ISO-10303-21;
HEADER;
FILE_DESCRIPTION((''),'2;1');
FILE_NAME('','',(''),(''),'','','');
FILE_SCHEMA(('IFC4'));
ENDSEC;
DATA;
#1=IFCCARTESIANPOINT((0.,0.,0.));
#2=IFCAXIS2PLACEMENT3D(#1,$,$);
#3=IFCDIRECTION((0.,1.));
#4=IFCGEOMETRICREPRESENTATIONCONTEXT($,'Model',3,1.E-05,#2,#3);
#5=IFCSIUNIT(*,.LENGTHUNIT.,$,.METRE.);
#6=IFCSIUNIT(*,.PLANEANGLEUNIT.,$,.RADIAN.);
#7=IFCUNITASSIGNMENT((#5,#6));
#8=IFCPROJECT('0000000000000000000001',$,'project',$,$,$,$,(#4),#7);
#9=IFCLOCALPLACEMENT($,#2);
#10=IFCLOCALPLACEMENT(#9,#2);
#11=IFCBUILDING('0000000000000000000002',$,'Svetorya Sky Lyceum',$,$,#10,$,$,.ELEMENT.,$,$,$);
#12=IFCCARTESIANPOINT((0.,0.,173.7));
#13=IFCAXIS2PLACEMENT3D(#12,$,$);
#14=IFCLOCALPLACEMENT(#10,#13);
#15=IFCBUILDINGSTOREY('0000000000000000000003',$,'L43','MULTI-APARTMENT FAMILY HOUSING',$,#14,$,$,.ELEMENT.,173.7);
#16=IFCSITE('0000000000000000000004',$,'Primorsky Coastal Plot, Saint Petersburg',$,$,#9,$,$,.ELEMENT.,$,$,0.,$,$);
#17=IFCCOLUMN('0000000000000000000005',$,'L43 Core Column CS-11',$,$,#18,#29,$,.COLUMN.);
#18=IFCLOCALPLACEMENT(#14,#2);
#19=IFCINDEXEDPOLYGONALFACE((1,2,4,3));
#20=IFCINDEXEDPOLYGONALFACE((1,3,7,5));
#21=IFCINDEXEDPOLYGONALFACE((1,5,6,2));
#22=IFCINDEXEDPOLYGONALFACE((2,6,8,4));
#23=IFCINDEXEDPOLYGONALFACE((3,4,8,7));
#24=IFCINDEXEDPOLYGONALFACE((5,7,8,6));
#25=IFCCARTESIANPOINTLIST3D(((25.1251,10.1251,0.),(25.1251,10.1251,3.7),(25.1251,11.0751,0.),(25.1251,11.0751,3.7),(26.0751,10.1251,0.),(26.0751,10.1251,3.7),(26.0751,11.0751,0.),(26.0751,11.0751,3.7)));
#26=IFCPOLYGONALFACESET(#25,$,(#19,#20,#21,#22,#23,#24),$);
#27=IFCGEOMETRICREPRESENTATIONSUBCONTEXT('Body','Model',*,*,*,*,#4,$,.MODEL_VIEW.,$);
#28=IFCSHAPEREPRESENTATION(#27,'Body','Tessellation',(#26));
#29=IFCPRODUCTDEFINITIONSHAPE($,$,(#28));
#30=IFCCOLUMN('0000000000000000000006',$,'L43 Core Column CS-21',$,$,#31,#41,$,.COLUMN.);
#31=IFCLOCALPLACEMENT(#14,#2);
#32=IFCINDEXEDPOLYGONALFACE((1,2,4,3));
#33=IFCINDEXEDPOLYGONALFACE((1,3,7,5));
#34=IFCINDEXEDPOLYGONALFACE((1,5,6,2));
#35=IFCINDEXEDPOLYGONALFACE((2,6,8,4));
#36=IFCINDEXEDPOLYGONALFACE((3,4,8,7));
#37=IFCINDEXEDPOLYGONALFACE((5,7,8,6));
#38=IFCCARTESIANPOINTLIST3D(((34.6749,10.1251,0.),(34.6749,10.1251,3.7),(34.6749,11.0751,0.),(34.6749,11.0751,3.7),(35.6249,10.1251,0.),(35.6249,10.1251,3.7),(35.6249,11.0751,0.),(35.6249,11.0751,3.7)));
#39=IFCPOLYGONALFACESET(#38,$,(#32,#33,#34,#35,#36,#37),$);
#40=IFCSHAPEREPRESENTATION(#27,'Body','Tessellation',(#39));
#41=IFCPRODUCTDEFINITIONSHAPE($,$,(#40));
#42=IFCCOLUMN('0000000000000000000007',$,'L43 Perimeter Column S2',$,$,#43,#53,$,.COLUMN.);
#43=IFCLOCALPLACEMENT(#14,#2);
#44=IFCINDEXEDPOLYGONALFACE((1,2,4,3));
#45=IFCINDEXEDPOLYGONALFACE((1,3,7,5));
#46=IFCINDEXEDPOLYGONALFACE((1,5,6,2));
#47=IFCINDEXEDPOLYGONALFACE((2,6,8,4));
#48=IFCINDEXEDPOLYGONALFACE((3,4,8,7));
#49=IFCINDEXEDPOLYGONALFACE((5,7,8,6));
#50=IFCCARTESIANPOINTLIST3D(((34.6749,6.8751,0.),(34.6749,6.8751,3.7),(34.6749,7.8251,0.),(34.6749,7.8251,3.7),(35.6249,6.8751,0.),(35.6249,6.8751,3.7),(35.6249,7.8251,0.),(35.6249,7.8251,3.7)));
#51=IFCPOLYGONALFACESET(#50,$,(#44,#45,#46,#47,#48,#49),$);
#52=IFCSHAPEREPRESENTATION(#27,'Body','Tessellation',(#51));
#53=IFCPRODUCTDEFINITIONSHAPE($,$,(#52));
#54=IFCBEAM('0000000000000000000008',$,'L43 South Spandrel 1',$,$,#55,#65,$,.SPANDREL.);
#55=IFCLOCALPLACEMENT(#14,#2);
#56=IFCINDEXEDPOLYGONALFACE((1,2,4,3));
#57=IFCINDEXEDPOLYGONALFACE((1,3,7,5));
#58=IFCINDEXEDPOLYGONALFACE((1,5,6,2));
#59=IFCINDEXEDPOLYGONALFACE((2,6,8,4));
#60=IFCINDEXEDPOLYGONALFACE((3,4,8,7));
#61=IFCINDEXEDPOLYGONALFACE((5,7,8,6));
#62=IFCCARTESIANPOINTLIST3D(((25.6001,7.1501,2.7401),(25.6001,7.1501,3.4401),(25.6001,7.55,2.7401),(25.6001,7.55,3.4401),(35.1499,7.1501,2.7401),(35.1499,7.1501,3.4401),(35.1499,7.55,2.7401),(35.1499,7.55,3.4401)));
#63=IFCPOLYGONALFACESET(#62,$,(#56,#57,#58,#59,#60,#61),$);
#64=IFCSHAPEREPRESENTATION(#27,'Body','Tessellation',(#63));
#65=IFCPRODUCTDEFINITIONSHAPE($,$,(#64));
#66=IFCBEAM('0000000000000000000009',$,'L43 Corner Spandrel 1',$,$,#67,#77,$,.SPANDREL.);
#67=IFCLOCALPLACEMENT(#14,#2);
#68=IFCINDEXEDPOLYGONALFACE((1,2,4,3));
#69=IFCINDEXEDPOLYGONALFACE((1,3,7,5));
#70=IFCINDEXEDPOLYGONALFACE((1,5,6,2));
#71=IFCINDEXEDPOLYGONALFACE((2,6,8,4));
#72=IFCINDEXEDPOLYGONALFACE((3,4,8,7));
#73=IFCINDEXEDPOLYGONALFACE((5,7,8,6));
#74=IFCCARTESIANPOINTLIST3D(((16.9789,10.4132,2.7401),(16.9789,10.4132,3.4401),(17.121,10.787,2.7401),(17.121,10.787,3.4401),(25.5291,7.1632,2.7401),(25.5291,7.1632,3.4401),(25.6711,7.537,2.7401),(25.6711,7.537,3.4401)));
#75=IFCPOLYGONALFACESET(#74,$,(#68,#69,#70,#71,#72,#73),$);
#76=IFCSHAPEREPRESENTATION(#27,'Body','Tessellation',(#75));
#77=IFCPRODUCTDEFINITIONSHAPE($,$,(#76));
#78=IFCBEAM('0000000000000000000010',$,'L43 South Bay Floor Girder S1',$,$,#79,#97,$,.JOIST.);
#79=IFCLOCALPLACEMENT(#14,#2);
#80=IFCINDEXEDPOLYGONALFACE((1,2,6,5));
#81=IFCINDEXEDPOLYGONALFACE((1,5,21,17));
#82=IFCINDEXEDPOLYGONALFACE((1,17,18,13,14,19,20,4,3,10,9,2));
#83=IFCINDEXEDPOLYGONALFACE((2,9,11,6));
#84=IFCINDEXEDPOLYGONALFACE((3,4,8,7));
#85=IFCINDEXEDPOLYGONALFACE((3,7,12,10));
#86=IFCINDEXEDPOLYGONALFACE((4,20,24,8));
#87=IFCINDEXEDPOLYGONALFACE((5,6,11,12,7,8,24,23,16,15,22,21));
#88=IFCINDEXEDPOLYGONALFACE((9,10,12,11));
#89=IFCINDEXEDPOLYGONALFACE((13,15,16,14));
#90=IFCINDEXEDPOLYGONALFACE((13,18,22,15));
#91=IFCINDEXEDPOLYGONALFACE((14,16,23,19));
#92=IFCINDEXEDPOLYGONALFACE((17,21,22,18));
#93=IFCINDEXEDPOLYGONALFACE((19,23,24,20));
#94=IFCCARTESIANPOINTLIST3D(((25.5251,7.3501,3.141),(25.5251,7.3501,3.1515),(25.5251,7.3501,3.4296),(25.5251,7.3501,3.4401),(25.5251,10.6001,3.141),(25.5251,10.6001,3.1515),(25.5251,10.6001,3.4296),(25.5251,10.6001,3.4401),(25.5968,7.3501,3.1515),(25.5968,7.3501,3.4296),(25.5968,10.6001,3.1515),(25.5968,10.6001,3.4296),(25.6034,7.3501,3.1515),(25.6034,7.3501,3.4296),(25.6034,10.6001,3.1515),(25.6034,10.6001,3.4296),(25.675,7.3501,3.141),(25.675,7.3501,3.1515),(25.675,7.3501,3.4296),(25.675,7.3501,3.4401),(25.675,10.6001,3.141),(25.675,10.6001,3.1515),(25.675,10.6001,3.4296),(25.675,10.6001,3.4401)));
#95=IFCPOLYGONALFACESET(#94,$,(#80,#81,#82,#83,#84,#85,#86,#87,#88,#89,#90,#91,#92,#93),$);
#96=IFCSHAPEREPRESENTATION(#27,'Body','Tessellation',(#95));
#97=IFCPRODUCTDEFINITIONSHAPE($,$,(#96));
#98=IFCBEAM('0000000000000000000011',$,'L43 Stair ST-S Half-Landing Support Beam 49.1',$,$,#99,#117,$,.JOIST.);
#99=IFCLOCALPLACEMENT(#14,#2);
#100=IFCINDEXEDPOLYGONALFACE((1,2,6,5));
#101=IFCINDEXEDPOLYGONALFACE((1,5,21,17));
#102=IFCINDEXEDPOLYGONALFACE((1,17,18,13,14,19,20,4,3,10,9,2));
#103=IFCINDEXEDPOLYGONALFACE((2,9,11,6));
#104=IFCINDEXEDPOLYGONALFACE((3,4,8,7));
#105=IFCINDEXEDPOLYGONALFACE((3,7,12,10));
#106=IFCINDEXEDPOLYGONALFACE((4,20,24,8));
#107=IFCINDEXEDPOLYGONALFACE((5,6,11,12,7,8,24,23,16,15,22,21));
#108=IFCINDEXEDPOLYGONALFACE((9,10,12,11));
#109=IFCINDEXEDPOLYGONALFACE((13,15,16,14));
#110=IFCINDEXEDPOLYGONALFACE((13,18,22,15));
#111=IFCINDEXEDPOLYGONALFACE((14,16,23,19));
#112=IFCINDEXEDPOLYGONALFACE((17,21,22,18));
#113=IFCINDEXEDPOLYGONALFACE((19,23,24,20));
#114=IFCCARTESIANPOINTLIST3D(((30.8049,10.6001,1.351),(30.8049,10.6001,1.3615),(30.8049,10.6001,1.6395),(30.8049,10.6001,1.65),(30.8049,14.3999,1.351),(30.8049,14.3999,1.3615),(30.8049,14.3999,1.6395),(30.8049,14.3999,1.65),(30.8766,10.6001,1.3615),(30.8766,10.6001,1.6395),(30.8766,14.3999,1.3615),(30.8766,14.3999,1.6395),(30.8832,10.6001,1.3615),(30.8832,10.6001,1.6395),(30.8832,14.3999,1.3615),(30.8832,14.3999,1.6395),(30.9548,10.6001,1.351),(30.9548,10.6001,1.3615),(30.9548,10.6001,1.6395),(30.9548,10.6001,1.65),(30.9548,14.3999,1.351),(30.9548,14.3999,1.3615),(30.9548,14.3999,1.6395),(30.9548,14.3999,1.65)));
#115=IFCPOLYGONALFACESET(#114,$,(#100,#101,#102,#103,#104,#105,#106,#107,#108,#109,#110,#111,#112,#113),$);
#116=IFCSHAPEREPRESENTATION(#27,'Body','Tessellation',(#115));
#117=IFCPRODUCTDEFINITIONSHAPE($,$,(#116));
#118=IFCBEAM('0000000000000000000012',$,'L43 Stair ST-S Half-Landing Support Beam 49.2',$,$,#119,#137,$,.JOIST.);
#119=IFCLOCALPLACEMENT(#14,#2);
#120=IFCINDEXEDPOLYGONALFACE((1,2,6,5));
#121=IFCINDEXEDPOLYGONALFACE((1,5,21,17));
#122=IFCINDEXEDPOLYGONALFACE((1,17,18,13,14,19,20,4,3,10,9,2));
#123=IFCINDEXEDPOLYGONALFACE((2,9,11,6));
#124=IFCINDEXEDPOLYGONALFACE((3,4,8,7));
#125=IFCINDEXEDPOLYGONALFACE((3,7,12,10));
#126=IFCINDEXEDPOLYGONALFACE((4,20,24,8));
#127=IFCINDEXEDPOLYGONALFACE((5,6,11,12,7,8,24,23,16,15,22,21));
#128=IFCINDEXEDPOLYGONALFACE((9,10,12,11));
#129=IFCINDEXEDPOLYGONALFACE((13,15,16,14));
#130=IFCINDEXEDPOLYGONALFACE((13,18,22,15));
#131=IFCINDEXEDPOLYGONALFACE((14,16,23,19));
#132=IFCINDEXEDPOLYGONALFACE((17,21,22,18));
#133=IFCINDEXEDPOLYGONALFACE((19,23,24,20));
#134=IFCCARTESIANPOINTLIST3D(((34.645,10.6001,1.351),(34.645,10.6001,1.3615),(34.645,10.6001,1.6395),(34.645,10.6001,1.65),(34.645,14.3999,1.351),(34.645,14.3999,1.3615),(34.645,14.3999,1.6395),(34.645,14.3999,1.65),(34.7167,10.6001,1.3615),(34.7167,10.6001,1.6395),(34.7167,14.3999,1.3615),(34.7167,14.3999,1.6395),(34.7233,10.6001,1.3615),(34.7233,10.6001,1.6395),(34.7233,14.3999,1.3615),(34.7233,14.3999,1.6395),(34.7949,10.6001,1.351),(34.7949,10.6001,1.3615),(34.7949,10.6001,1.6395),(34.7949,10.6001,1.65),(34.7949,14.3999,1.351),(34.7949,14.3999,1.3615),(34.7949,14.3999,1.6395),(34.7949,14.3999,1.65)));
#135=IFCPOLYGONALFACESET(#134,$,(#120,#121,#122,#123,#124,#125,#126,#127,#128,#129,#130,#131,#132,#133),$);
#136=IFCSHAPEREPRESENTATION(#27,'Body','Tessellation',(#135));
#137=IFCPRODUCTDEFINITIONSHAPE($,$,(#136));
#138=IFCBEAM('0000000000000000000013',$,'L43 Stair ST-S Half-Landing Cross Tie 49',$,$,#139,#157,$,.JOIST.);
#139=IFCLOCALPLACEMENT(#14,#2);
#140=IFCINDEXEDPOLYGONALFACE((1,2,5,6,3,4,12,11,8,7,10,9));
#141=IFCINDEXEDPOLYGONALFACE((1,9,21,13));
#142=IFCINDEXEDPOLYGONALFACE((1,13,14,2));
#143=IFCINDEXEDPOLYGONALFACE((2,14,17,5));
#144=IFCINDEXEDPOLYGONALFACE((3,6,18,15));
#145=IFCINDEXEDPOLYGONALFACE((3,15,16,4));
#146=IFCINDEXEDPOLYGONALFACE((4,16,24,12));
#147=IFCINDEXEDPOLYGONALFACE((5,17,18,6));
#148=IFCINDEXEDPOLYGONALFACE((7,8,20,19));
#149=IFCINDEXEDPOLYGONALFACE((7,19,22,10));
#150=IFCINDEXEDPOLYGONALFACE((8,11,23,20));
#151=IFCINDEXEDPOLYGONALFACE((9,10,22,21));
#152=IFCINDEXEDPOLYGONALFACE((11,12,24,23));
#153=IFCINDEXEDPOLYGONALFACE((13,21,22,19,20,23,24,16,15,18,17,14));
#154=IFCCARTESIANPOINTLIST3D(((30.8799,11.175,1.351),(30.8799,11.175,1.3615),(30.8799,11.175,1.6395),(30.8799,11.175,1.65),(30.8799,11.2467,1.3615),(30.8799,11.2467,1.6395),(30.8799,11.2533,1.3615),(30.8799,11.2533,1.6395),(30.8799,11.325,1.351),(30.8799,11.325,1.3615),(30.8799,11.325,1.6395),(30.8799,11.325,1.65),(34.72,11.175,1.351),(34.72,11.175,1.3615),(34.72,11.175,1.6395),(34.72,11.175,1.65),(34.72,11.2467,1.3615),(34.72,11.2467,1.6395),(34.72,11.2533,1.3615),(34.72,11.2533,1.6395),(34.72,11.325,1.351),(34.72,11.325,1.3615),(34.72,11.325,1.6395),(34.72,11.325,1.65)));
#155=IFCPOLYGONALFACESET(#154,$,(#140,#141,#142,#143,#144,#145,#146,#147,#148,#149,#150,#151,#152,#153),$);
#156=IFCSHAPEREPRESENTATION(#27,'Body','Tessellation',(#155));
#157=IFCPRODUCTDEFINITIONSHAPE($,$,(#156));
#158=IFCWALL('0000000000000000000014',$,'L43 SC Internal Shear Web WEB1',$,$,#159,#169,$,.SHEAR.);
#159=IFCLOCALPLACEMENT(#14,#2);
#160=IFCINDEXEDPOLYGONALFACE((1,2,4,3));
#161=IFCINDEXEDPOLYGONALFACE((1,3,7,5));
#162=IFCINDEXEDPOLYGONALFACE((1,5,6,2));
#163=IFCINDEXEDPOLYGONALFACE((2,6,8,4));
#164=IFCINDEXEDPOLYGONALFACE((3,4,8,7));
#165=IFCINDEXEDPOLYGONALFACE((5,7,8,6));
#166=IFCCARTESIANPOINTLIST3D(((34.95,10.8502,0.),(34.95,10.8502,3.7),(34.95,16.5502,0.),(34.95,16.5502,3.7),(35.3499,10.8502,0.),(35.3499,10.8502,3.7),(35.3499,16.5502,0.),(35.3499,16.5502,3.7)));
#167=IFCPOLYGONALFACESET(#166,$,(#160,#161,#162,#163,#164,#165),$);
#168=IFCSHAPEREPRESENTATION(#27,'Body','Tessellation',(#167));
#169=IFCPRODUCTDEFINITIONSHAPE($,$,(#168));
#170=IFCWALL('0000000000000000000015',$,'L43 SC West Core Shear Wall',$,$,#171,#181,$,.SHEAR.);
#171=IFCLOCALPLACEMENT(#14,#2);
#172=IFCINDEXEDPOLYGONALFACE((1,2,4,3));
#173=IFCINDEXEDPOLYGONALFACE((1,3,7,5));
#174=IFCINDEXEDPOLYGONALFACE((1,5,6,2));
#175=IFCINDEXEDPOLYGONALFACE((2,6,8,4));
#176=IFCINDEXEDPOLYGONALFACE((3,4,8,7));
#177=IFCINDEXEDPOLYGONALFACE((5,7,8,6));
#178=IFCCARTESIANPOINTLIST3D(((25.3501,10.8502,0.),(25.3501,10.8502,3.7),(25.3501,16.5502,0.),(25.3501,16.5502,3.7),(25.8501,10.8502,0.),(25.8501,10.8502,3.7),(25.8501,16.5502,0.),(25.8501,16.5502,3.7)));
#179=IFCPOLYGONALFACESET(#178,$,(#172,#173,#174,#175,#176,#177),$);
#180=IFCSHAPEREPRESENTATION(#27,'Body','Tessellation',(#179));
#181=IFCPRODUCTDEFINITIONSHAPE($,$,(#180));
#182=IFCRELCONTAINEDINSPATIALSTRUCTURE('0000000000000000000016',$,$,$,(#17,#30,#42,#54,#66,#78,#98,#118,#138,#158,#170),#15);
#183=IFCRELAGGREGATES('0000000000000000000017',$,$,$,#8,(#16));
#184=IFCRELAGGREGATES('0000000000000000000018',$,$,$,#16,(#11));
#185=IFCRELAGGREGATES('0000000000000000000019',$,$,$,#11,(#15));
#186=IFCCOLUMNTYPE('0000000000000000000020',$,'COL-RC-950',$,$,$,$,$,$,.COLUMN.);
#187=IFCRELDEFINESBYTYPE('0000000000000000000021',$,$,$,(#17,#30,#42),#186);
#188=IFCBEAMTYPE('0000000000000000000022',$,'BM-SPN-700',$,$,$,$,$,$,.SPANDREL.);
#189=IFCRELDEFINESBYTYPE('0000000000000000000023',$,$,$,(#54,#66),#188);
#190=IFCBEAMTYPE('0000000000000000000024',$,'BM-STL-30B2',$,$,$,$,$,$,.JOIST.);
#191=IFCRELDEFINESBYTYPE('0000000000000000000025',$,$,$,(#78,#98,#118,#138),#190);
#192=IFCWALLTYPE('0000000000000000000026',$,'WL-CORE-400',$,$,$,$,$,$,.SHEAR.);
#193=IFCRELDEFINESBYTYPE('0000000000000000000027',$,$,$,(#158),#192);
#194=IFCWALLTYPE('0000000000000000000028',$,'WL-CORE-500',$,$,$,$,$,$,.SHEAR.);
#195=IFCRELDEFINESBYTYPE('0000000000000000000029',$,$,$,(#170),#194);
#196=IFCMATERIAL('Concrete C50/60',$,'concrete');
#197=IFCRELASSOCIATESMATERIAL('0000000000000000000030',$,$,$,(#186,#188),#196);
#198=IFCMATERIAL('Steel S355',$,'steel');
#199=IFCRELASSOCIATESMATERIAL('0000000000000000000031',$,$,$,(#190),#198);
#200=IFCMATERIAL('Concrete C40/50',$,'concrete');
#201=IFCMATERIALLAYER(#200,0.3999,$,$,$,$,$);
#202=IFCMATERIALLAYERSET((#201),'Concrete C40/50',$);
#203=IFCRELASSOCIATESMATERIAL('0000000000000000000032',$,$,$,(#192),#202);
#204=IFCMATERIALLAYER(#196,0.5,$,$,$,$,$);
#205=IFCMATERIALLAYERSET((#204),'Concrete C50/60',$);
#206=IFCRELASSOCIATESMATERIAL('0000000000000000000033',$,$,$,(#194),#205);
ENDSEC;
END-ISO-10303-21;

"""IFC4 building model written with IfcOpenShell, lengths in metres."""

from ifc_helpers import new_model, si_unit, direction, frame, frame_2d, origin, origin_2d, place, context, subcontext, project, spatial, rectangle, i_section, extrude, material, layer, layer_set, material_profile, profile_set, type_object, element, save


model = new_model("IFC4")

# Units and contexts
model_context = context("Model", 3, precision=1e-05, world=origin(), true_north=direction((0.0, 1.0)))
body_context = subcontext(model_context, "Body", "Model", "MODEL_VIEW")
ifc_project = project(units=[si_unit("LENGTHUNIT", "METRE"), si_unit("PLANEANGLEUNIT", "RADIAN")], contexts=[model_context])

# Site, building, storey
site_placement = place(None, origin())
site = spatial("IfcSite", under=ifc_project, at=site_placement, Name="Primorsky Coastal Plot, Saint Petersburg", CompositionType="ELEMENT", RefElevation=0.0)
building_placement = place(site_placement, origin())
building = spatial("IfcBuilding", under=site, at=building_placement, Name="Svetorya Sky Lyceum", CompositionType="ELEMENT")
storey_placement = place(building_placement, frame((0.0, 0.0, 173.7)))
storey = spatial("IfcBuildingStorey", under=building, at=storey_placement, Name="L43", Description="MULTI-APARTMENT FAMILY HOUSING", CompositionType="ELEMENT", Elevation=173.7)

# Columns
ifc_material_1 = material(Name="Concrete C50/60", Category="concrete")
ifc_material_profile_1 = material_profile(ifc_material_1, rectangle(XDim=0.95, YDim=0.95, at=origin_2d()), Name="RC COL 950x950")
ifc_profile_set_1 = profile_set([ifc_material_profile_1], Name="Concrete C50/60")
column_type = type_object("IfcColumnType", Name="COL-RC-950", PredefinedType="COLUMN", material=ifc_profile_set_1)
for number, where, z_axis, x_axis, name in (
    (1, (25.6001, 10.6001, 0.0), (0.0, 0.0, 1.0), (1.0, 0.0, 0.0), "L43 Core Column CS-11"),
    (2, (35.1499, 10.6001, 0.0), (0.0, 0.0, 1.0), (1.0, 0.0, 0.0), "L43 Core Column CS-21"),
    (3, (35.1499, 7.3501, 0.0), (0.0, 0.0, 1.0), (1.0, 0.0, 0.0), "L43 Perimeter Column S2"),
):
    element("IfcColumn", number, at=place(storey_placement, frame(where, z_axis=z_axis, x_axis=x_axis)), inside=storey, type_object=column_type, Name=name, PredefinedType="COLUMN", context=body_context, shape_type="SweptSolid", body=[
        extrude(rectangle(XDim=0.95, YDim=0.95, at=origin_2d()), origin(), (0.0, 0.0, 1.0), 3.7),
    ])

# Beams
ifc_material_profile_2 = material_profile(ifc_material_1, rectangle(XDim=0.3999, YDim=0.7, at=origin_2d()), Name="RC SPANDREL 400x700")
ifc_profile_set_2 = profile_set([ifc_material_profile_2], Name="Concrete C50/60")
beam_type_1 = type_object("IfcBeamType", Name="BM-SPN-700", PredefinedType="SPANDREL", material=ifc_profile_set_2)
beam_1_placement = place(storey_placement, frame((25.6001, 7.3501, 3.0901), z_axis=(1.0, 0.0, 0.0), x_axis=(0.0, 1.0, 0.0)))
element("IfcBeam", 4, at=beam_1_placement, inside=storey, type_object=beam_type_1, Name="L43 South Spandrel 1", PredefinedType="SPANDREL", context=body_context, shape_type="SweptSolid", body=[
    extrude(rectangle(XDim=0.3999, YDim=0.7, at=origin_2d()), origin(), (0.0, 0.0, 1.0), 9.5498),
])
beam_2_placement = place(storey_placement, frame((25.6001, 7.3501, 3.0901), z_axis=(-0.934748, 0.355312, 0.0), x_axis=(-0.355312, -0.934748, 0.0)))
element("IfcBeam", 5, at=beam_2_placement, inside=storey, type_object=beam_type_1, Name="L43 Corner Spandrel 1", PredefinedType="SPANDREL", context=body_context, shape_type="SweptSolid", body=[
    extrude(rectangle(XDim=0.3999, YDim=0.7, at=origin_2d()), origin(), (0.0, 0.0, 1.0), 9.147),
])
ifc_material_2 = material(Name="Steel S355", Category="steel")
ifc_material_profile_3 = material_profile(ifc_material_2, i_section(OverallWidth=0.1499, OverallDepth=0.2991, WebThickness=0.0066, FlangeThickness=0.0105, at=origin_2d()), Name="GOST 30B2")
ifc_profile_set_3 = profile_set([ifc_material_profile_3], Name="Steel S355")
beam_type_2 = type_object("IfcBeamType", Name="BM-STL-30B2", PredefinedType="JOIST", material=ifc_profile_set_3)
beam_3_placement = place(storey_placement, frame((25.6001, 7.3501, 3.2905), z_axis=(0.0, 1.0, 0.0), x_axis=(-1.0, 0.0, 0.0)))
element("IfcBeam", 6, at=beam_3_placement, inside=storey, type_object=beam_type_2, Name="L43 South Bay Floor Girder S1", PredefinedType="JOIST", context=body_context, shape_type="SweptSolid", body=[
    extrude(i_section(OverallWidth=0.1499, OverallDepth=0.2991, WebThickness=0.0066, FlangeThickness=0.0105, at=origin_2d()), origin(), (0.0, 0.0, 1.0), 3.25),
])
for number, where, z_axis, x_axis, name in (
    (7, (30.8799, 10.6001, 1.5005), (0.0, 1.0, 0.0), (-1.0, 0.0, 0.0), "L43 Stair ST-S Half-Landing Support Beam 49.1"),
    (8, (34.72, 10.6001, 1.5005), (0.0, 1.0, 0.0), (-1.0, 0.0, 0.0), "L43 Stair ST-S Half-Landing Support Beam 49.2"),
):
    element("IfcBeam", number, at=place(storey_placement, frame(where, z_axis=z_axis, x_axis=x_axis)), inside=storey, type_object=beam_type_2, Name=name, PredefinedType="JOIST", context=body_context, shape_type="SweptSolid", body=[
        extrude(i_section(OverallWidth=0.1499, OverallDepth=0.2991, WebThickness=0.0066, FlangeThickness=0.0105, at=origin_2d()), origin(), (0.0, 0.0, 1.0), 3.7998),
    ])
beam_4_placement = place(storey_placement, frame((30.8799, 11.25, 1.5005), z_axis=(1.0, 0.0, 0.0), x_axis=(0.0, 1.0, 0.0)))
element("IfcBeam", 9, at=beam_4_placement, inside=storey, type_object=beam_type_2, Name="L43 Stair ST-S Half-Landing Cross Tie 49", PredefinedType="JOIST", context=body_context, shape_type="SweptSolid", body=[
    extrude(i_section(OverallWidth=0.1499, OverallDepth=0.2991, WebThickness=0.0066, FlangeThickness=0.0105, at=origin_2d()), origin(), (0.0, 0.0, 1.0), 3.8401),
])

# Walls
ifc_material_3 = material(Name="Concrete C40/50", Category="concrete")
ifc_layer_1 = layer(ifc_material_3, 0.3999)
ifc_layer_set_1 = layer_set([ifc_layer_1], Name="Concrete C40/50")
wall_type_1 = type_object("IfcWallType", Name="WL-CORE-400", PredefinedType="SHEAR", material=ifc_layer_set_1)
wall_1_placement = place(storey_placement, frame((35.1499, 10.8501, 0.0), z_axis=(0.0, 0.0, 1.0), x_axis=(0.0, 1.0, 0.0)))
element("IfcWall", 10, at=wall_1_placement, inside=storey, type_object=wall_type_1, Name="L43 SC Internal Shear Web WEB1", PredefinedType="SHEAR", context=body_context, shape_type="SweptSolid", body=[
    extrude(rectangle(XDim=5.7, YDim=0.3999, at=frame_2d((2.8501, 0.0))), origin(), (0.0, 0.0, 1.0), 3.7),
])
ifc_layer_2 = layer(ifc_material_1, 0.5)
ifc_layer_set_2 = layer_set([ifc_layer_2], Name="Concrete C50/60")
wall_type_2 = type_object("IfcWallType", Name="WL-CORE-500", PredefinedType="SHEAR", material=ifc_layer_set_2)
wall_2_placement = place(storey_placement, frame((25.6001, 10.8501, 0.0), z_axis=(0.0, 0.0, 1.0), x_axis=(0.0, 1.0, 0.0)))
element("IfcWall", 11, at=wall_2_placement, inside=storey, type_object=wall_type_2, Name="L43 SC West Core Shear Wall", PredefinedType="SHEAR", context=body_context, shape_type="SweptSolid", body=[
    extrude(rectangle(XDim=5.7, YDim=0.5, at=frame_2d((2.8501, 0.0))), origin(), (0.0, 0.0, 1.0), 3.7),
])

save(model, "model.ifc")
